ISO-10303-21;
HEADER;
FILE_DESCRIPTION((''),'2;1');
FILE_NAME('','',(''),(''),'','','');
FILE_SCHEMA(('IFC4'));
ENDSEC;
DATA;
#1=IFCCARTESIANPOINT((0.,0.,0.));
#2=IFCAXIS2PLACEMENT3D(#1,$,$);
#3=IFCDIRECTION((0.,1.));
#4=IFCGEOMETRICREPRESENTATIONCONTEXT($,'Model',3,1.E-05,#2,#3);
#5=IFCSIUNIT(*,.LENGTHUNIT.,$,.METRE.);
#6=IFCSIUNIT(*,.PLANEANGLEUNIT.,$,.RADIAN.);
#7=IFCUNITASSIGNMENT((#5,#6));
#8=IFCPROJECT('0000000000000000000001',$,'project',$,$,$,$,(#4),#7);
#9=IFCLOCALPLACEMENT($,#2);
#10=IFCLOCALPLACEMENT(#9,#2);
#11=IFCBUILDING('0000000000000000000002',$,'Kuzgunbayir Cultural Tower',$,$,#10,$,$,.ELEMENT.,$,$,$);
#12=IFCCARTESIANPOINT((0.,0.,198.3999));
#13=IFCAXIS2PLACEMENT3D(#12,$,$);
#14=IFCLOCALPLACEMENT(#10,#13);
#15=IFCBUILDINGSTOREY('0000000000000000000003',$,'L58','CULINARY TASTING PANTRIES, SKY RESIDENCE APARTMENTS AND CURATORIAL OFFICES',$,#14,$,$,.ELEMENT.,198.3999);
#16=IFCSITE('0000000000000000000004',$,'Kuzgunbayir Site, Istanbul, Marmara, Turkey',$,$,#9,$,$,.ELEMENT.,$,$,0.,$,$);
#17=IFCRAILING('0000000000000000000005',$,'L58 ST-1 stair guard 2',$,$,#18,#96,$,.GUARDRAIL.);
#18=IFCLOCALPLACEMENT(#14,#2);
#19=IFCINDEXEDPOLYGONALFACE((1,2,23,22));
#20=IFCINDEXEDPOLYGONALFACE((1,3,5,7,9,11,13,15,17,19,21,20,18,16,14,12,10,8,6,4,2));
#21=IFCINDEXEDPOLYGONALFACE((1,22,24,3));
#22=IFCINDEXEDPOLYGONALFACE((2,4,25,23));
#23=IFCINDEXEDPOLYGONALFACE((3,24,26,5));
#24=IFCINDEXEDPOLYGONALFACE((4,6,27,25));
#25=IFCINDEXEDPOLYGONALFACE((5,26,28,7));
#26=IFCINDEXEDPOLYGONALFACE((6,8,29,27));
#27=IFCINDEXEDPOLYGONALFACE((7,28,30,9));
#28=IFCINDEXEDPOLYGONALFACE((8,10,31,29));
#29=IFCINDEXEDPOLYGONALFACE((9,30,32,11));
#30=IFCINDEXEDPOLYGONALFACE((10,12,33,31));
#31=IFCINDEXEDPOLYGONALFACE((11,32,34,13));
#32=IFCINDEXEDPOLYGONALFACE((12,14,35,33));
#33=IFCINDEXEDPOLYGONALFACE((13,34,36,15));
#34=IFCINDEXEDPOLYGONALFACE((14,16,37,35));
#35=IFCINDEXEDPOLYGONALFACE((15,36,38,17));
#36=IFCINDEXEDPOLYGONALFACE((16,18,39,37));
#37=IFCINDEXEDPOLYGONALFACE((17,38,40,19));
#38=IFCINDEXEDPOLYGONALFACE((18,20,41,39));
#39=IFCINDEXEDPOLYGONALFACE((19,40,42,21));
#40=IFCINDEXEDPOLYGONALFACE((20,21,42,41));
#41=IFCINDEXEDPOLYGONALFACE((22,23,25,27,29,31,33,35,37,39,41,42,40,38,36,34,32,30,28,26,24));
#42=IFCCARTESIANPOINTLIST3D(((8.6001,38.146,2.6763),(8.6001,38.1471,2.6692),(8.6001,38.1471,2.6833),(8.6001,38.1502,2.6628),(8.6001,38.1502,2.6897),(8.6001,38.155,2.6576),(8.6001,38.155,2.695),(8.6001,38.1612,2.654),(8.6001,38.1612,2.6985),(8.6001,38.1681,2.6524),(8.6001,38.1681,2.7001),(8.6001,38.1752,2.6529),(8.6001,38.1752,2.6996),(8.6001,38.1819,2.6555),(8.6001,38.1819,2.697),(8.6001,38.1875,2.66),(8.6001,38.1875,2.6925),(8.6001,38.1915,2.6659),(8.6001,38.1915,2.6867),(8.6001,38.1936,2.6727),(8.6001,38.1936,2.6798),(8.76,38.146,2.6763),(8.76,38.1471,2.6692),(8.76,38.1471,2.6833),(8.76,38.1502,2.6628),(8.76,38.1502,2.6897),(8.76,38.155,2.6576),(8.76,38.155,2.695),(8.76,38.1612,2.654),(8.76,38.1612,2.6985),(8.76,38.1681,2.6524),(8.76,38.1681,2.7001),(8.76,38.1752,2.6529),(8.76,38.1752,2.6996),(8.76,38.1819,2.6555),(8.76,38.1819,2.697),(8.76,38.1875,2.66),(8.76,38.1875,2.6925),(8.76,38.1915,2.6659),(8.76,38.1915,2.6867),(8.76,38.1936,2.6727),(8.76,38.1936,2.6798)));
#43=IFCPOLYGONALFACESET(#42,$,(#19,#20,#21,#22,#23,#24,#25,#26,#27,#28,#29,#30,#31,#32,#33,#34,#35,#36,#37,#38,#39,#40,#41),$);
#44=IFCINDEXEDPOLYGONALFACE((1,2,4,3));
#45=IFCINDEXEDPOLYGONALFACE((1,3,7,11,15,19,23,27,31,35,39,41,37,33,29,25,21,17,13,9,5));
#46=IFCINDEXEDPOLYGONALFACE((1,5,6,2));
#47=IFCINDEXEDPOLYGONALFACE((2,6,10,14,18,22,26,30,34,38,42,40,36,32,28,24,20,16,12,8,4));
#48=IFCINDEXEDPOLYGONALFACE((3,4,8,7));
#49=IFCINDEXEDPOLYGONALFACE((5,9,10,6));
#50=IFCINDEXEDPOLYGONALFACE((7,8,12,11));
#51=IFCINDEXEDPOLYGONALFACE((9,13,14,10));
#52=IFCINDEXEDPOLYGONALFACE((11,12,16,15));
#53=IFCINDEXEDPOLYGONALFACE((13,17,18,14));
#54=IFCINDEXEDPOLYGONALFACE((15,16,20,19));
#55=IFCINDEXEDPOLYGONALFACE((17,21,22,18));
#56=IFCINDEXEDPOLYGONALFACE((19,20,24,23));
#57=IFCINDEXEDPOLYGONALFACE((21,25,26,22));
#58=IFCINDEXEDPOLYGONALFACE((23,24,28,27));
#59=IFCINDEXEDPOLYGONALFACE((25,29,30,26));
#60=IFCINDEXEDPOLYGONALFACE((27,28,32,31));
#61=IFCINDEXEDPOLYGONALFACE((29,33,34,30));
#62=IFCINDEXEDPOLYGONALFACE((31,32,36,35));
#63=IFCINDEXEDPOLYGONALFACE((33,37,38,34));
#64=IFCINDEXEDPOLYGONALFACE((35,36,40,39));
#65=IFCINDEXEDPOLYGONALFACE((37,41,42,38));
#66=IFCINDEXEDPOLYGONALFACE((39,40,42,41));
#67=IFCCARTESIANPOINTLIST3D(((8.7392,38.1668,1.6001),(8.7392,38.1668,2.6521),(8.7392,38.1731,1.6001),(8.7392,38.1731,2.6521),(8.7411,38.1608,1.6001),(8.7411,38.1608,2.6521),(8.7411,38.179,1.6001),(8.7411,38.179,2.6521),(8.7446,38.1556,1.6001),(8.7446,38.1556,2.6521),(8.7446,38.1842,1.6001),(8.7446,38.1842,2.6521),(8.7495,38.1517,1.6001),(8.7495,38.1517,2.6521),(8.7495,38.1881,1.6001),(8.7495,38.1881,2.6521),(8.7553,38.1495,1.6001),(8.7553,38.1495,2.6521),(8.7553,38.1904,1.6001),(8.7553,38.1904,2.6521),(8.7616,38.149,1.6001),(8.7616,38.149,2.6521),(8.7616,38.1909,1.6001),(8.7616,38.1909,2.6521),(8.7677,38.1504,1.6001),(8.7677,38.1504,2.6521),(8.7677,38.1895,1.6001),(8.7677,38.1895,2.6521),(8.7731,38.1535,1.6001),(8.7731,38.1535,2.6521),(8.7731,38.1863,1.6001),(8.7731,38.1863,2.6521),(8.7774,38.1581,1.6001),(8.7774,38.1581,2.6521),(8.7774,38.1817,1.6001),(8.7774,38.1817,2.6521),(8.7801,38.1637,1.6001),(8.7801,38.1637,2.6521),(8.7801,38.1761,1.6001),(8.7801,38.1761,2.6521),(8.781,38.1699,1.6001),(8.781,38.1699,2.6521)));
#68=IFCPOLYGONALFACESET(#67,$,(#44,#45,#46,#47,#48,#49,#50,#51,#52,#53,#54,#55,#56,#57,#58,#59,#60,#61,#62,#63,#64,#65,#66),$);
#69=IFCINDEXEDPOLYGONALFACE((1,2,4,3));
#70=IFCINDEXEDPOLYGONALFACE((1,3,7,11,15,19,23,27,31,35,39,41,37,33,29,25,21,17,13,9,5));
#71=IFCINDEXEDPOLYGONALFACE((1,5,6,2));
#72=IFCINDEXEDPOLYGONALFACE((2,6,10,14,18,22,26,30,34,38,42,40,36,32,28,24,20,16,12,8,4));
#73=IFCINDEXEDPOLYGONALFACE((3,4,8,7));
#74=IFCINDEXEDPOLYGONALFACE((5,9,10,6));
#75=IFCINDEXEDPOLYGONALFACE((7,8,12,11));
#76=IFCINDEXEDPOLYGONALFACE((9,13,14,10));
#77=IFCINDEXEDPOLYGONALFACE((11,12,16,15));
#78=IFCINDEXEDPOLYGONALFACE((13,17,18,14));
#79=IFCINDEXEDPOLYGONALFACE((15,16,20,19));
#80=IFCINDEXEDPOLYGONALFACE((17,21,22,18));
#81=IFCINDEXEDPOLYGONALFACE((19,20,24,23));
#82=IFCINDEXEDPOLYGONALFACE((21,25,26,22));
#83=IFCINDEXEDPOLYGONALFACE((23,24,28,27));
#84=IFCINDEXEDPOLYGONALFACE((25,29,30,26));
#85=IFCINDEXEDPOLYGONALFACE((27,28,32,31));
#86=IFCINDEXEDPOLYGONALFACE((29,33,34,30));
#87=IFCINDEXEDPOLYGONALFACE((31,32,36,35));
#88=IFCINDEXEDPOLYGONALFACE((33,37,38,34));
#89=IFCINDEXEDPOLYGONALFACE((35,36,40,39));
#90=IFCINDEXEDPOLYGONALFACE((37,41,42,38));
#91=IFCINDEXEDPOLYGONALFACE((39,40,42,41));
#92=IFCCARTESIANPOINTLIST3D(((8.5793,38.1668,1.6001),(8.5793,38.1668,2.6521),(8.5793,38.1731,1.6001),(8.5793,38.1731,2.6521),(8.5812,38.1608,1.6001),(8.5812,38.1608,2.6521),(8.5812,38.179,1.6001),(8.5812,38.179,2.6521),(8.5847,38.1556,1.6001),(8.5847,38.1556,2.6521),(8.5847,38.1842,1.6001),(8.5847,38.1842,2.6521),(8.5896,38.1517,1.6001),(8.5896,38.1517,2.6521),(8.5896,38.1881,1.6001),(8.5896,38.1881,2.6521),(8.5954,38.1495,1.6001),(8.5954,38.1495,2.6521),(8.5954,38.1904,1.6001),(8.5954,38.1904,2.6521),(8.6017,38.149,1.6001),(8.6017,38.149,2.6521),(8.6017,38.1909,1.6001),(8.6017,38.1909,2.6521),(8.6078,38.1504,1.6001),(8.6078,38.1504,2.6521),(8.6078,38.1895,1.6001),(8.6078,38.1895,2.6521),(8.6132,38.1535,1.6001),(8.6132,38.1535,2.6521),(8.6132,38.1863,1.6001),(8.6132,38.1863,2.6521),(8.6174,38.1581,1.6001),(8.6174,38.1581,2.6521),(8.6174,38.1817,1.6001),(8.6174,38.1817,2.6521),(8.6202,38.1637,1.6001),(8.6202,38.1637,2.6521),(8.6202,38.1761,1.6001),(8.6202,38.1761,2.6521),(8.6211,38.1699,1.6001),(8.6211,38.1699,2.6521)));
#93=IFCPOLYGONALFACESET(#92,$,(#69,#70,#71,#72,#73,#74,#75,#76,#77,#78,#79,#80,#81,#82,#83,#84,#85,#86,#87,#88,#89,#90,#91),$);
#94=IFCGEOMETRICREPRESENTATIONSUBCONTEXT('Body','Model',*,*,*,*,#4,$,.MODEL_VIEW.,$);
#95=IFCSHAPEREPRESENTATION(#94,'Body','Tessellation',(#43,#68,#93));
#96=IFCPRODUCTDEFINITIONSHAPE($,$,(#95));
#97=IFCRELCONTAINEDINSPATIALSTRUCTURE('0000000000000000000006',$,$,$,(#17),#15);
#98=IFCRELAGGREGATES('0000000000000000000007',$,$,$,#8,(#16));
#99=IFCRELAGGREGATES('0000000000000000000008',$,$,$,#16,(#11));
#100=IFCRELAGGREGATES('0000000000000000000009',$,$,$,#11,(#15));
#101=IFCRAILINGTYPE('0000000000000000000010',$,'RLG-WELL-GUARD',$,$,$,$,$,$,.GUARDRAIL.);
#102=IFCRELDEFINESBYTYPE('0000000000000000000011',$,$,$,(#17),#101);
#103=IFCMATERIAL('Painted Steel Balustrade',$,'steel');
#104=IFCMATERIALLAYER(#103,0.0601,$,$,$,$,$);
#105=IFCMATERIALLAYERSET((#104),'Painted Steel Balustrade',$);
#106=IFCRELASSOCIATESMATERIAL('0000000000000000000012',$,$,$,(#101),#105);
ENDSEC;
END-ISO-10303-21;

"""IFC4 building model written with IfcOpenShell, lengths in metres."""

from ifc_helpers import new_model, si_unit, direction, frame, origin, origin_2d, place, context, subcontext, project, spatial, circle, extrude, material, layer, layer_set, type_object, element, save


model = new_model("IFC4")

# Units and contexts
model_context = context("Model", 3, precision=1e-05, world=origin(), true_north=direction((0.0, 1.0)))
body_context = subcontext(model_context, "Body", "Model", "MODEL_VIEW")
ifc_project = project(units=[si_unit("LENGTHUNIT", "METRE"), si_unit("PLANEANGLEUNIT", "RADIAN")], contexts=[model_context])

# Site, building, storey
site_placement = place(None, origin())
site = spatial("IfcSite", under=ifc_project, at=site_placement, Name="Kuzgunbayir Site, Istanbul, Marmara, Turkey", CompositionType="ELEMENT", RefElevation=0.0)
building_placement = place(site_placement, origin())
building = spatial("IfcBuilding", under=site, at=building_placement, Name="Kuzgunbayir Cultural Tower", CompositionType="ELEMENT")
storey_placement = place(building_placement, frame((0.0, 0.0, 198.3999)))
storey = spatial("IfcBuildingStorey", under=building, at=storey_placement, Name="L58", Description="CULINARY TASTING PANTRIES, SKY RESIDENCE APARTMENTS AND CURATORIAL OFFICES", CompositionType="ELEMENT", Elevation=198.3999)

# Railing
ifc_material_1 = material(Name="Painted Steel Balustrade", Category="steel")
ifc_layer_1 = layer(ifc_material_1, 0.0601)
ifc_layer_set_1 = layer_set([ifc_layer_1], Name="Painted Steel Balustrade")
railing_type_1 = type_object("IfcRailingType", Name="RLG-WELL-GUARD", PredefinedType="GUARDRAIL", material=ifc_layer_set_1)
railing_1_placement = place(storey_placement, frame((8.76, 38.1699, 1.6001)))
element("IfcRailing", 1, at=railing_1_placement, inside=storey, type_object=railing_type_1, Name="L58 ST-1 stair guard 2", PredefinedType="GUARDRAIL", context=body_context, shape_type="SweptSolid", body=[
    extrude(circle(Radius=0.0239, at=origin_2d()), frame((0.0, 0.0, 1.0762), z_axis=(-1.0, 0.0, 0.0), x_axis=(0.0, -1.0, 0.0)), (0.0, 0.0, 1.0), 0.1599),
    extrude(circle(Radius=0.021, at=origin_2d()), origin(), (0.0, 0.0, 1.0), 1.052),
    extrude(circle(Radius=0.021, at=origin_2d()), frame((-0.1599, 0.0, 0.0)), (0.0, 0.0, 1.0), 1.052),
])

save(model, "model.ifc")
